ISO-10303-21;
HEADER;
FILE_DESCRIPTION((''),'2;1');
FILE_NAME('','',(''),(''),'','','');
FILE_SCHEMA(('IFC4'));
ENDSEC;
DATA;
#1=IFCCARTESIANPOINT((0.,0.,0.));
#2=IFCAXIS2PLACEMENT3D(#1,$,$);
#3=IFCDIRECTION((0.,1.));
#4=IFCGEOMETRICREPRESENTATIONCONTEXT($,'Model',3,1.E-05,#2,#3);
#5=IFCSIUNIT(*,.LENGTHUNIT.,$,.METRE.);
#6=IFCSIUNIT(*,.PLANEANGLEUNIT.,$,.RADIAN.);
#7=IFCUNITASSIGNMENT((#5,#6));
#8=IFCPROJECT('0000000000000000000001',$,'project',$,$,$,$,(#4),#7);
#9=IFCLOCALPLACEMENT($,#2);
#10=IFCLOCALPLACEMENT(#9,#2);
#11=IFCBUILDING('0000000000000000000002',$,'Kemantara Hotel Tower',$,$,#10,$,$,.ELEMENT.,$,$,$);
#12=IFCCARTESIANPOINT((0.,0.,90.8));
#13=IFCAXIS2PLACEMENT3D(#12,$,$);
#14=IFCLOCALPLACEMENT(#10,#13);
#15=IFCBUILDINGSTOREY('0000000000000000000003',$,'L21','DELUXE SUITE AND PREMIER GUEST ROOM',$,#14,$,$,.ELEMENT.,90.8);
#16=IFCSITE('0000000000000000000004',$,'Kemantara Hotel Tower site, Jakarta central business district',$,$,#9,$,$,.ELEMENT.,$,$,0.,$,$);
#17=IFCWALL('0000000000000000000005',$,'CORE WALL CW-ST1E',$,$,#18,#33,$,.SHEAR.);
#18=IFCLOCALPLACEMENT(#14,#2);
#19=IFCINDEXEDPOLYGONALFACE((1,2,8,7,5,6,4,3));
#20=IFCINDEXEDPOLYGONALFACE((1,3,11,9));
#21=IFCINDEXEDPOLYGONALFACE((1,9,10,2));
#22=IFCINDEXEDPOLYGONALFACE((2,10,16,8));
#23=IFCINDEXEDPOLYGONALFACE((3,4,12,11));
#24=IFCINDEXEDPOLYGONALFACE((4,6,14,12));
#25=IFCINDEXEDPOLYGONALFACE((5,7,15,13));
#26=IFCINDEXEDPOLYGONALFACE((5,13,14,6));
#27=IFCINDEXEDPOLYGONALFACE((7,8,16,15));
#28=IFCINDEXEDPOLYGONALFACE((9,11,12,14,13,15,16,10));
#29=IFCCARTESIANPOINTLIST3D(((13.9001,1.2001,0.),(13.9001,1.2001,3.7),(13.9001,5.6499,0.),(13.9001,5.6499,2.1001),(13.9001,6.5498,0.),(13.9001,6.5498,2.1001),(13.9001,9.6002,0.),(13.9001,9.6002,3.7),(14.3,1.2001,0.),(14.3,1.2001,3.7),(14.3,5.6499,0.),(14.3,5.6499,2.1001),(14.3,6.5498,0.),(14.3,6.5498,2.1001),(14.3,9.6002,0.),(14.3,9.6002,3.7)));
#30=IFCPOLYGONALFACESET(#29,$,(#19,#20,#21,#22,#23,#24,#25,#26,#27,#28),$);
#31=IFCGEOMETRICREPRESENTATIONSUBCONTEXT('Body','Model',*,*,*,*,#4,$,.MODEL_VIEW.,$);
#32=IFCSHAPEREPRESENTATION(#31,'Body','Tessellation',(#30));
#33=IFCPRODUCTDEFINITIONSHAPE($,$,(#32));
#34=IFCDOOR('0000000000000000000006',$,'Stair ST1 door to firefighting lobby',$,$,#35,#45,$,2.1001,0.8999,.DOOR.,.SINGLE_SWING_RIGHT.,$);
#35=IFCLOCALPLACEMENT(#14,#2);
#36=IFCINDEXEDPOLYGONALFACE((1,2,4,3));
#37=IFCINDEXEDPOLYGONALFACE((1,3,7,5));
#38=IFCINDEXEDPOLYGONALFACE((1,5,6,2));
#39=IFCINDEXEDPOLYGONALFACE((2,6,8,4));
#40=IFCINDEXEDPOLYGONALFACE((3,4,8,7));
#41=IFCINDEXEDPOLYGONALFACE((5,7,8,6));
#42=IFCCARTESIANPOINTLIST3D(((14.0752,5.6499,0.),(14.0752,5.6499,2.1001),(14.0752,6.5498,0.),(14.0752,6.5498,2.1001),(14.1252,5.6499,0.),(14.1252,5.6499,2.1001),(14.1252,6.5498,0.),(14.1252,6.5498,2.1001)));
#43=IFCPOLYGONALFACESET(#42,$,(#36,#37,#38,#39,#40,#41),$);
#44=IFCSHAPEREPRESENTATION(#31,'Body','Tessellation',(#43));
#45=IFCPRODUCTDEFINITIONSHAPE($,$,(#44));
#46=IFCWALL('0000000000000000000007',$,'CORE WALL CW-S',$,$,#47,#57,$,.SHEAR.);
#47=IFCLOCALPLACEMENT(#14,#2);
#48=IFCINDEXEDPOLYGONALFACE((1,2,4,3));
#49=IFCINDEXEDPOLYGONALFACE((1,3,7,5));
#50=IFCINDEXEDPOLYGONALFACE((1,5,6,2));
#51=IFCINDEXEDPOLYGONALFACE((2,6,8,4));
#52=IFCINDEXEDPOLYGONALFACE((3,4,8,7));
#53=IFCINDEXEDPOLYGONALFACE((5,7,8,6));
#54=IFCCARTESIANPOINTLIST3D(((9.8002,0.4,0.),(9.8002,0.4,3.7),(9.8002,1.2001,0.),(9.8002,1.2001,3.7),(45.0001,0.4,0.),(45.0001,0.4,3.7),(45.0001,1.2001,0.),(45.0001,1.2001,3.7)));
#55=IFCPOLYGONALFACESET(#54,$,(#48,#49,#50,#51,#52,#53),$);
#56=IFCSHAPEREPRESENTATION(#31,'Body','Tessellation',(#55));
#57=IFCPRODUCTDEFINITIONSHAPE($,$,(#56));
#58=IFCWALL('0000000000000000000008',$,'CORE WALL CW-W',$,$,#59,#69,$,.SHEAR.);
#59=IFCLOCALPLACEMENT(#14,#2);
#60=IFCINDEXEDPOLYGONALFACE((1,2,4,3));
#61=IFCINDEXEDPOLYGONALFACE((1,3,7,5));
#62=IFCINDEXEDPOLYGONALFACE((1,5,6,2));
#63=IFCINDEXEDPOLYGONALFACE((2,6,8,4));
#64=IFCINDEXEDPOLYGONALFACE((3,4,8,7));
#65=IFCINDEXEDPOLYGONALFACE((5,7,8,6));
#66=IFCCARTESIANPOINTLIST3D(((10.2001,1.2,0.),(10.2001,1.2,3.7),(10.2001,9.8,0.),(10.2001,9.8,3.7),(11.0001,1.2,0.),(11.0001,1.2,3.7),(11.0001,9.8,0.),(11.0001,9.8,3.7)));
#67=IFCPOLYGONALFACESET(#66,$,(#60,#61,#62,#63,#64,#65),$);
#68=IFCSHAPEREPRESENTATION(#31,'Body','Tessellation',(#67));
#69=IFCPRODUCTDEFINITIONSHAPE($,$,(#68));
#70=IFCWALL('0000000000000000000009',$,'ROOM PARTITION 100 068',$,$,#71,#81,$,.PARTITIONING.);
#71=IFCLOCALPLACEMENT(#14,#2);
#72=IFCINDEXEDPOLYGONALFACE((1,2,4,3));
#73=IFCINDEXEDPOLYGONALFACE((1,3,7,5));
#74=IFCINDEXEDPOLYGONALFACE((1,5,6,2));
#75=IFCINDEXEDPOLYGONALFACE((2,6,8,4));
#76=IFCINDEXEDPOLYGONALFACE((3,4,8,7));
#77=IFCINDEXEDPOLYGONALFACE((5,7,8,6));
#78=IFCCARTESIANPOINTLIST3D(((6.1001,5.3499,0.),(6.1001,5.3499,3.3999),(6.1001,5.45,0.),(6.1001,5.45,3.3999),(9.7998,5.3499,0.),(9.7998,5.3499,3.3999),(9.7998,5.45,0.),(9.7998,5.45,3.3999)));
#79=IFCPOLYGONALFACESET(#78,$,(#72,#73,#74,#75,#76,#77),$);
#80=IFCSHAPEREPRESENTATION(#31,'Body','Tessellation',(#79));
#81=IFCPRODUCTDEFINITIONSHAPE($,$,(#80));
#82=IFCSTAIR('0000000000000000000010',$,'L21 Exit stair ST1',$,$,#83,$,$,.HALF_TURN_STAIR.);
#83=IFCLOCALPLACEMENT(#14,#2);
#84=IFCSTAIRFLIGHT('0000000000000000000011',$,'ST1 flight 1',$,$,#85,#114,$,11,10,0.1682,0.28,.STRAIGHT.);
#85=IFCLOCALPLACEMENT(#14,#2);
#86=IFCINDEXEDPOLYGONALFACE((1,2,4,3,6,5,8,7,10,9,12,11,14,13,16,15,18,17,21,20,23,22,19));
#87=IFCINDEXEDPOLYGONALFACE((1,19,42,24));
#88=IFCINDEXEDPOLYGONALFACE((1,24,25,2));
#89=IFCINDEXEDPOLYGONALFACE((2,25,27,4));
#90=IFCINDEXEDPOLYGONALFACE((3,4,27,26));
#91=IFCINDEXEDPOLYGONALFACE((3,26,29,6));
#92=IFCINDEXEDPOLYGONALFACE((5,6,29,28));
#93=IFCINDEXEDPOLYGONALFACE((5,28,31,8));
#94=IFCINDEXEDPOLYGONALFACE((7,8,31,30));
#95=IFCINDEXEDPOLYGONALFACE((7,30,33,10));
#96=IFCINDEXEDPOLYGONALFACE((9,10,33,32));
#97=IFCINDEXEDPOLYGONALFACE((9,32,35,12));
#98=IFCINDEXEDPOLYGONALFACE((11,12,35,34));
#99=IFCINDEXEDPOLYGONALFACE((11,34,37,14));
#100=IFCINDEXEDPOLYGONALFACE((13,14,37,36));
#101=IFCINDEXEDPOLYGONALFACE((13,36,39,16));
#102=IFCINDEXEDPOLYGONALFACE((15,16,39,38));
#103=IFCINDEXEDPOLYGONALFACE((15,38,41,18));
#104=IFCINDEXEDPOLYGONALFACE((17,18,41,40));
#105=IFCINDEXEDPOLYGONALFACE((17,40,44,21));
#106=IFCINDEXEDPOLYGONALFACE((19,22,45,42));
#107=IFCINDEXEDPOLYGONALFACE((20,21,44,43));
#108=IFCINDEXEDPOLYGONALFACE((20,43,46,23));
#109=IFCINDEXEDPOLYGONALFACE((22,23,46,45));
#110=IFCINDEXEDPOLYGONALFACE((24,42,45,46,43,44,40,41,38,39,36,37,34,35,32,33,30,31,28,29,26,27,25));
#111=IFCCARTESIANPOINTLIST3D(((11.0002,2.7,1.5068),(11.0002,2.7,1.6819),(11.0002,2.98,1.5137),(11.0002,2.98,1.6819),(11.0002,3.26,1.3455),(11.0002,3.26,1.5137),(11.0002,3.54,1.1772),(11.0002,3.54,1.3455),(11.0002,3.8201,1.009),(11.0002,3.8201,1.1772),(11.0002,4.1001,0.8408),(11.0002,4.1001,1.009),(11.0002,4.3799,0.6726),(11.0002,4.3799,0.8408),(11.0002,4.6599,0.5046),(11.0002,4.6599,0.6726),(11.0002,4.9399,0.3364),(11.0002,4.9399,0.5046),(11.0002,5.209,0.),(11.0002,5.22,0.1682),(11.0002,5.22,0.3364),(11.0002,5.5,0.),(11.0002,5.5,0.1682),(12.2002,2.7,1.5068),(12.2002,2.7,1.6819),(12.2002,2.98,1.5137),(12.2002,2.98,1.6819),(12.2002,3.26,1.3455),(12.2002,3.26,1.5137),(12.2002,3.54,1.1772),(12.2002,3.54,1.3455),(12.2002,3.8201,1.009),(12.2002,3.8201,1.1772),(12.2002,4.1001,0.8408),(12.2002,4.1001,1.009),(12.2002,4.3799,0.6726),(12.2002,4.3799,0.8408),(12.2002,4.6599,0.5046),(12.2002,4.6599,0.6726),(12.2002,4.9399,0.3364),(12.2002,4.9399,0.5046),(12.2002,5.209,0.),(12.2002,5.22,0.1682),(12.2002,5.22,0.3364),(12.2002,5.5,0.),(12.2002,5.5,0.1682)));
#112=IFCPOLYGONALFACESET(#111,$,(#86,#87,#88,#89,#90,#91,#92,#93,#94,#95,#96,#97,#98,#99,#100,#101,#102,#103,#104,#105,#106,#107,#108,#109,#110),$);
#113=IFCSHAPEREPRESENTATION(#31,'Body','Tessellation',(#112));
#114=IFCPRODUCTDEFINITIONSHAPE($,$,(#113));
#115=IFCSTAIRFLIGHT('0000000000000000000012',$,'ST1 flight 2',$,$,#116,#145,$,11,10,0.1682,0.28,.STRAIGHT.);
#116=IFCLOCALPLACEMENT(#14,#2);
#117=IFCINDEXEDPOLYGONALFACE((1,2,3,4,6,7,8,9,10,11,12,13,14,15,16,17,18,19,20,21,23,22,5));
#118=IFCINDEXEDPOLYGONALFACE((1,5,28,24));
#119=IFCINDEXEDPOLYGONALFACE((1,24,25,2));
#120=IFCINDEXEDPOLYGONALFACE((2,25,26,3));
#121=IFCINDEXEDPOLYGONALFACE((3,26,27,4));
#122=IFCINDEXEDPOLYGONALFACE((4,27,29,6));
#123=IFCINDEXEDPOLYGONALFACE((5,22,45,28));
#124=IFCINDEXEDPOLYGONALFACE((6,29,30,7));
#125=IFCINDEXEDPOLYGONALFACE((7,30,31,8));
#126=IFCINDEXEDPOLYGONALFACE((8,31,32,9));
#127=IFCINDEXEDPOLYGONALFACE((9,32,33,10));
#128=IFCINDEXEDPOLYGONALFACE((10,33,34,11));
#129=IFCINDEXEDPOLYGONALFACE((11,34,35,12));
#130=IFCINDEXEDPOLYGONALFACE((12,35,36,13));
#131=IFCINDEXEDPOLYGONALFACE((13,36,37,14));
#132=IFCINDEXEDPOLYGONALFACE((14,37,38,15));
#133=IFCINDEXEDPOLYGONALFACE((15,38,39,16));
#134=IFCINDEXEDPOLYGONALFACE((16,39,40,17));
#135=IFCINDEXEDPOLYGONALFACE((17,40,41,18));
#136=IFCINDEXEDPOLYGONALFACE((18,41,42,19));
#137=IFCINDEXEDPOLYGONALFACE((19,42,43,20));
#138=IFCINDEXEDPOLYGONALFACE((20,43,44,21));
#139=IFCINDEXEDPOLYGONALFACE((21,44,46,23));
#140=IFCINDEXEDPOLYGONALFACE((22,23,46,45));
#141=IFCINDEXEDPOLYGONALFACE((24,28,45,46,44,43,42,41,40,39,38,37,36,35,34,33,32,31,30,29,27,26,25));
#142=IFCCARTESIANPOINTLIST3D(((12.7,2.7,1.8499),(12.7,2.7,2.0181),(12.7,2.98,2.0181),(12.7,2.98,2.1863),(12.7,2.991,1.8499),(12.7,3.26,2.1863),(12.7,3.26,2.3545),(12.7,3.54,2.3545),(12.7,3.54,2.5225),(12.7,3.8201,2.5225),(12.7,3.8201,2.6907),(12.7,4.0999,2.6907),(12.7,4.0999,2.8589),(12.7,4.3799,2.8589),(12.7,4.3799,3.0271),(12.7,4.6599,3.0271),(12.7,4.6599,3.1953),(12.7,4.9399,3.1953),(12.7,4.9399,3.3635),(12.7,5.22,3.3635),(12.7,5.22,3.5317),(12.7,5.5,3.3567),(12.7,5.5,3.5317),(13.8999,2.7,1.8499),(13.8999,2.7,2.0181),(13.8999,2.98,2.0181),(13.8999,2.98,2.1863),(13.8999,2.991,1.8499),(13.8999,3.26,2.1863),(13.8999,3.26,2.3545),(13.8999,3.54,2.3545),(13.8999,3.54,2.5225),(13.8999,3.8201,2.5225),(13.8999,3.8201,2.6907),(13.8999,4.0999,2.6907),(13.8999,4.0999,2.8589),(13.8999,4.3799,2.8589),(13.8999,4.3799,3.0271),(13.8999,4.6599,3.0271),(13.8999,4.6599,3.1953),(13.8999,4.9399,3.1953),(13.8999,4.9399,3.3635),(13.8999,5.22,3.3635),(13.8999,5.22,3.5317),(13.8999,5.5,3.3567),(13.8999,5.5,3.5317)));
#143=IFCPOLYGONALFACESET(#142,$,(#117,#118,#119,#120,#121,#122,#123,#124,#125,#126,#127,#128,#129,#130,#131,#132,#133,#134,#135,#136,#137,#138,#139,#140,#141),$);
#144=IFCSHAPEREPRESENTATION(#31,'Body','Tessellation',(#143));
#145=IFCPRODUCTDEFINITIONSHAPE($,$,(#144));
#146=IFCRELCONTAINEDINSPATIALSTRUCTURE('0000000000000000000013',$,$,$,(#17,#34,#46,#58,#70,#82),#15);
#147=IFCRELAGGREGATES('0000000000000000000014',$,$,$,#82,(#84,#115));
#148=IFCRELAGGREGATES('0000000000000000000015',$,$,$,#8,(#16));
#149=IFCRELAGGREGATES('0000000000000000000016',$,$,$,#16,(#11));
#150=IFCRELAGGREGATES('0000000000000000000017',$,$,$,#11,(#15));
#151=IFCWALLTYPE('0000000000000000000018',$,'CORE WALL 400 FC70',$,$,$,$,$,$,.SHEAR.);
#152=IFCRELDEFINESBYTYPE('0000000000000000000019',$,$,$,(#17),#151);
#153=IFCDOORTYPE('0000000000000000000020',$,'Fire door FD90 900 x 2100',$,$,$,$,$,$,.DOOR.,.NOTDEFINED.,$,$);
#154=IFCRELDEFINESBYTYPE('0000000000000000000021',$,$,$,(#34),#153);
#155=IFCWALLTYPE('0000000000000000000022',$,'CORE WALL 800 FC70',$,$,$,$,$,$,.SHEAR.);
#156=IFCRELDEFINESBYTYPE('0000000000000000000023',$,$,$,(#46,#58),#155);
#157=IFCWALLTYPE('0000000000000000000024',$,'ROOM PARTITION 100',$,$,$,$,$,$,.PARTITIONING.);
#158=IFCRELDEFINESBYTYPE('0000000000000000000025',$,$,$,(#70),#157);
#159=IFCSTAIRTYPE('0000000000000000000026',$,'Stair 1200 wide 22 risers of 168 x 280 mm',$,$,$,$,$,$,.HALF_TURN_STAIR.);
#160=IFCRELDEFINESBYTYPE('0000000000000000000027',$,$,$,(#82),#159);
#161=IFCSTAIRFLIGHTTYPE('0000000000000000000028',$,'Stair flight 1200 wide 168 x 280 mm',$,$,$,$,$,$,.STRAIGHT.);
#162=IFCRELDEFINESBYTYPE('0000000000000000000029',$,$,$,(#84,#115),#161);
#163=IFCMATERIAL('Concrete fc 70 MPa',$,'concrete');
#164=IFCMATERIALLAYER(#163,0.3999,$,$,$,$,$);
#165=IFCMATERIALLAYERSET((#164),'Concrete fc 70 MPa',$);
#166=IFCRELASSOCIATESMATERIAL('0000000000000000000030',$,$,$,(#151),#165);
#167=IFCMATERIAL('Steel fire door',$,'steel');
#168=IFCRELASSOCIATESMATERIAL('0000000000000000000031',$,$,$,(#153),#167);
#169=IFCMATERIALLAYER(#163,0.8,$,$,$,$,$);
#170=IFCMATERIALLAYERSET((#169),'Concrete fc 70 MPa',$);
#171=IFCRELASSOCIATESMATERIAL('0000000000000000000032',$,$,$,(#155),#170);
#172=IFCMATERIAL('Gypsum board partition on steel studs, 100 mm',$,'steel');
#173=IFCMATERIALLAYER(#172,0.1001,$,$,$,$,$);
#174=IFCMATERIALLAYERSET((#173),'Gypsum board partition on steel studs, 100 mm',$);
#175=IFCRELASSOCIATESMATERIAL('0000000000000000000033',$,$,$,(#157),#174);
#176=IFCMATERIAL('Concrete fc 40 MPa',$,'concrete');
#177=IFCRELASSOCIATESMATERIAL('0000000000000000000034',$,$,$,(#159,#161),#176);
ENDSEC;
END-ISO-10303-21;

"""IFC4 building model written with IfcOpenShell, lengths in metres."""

from ifc_helpers import new_model, si_unit, direction, frame, frame_2d, origin, place, context, subcontext, project, spatial, polyline, rectangle, outline, extrude, material, layer, layer_set, type_object, element, fill, aggregate, save


model = new_model("IFC4")

# Units and contexts
model_context = context("Model", 3, precision=1e-05, world=origin(), true_north=direction((0.0, 1.0)))
body_context = subcontext(model_context, "Body", "Model", "MODEL_VIEW")
ifc_project = project(units=[si_unit("LENGTHUNIT", "METRE"), si_unit("PLANEANGLEUNIT", "RADIAN")], contexts=[model_context])

# Site, building, storey
site_placement = place(None, origin())
site = spatial("IfcSite", under=ifc_project, at=site_placement, Name="Kemantara Hotel Tower site, Jakarta central business district", CompositionType="ELEMENT", RefElevation=0.0)
building_placement = place(site_placement, origin())
building = spatial("IfcBuilding", under=site, at=building_placement, Name="Kemantara Hotel Tower", CompositionType="ELEMENT")
storey_placement = place(building_placement, frame((0.0, 0.0, 90.8)))
storey = spatial("IfcBuildingStorey", under=building, at=storey_placement, Name="L21", Description="DELUXE SUITE AND PREMIER GUEST ROOM", CompositionType="ELEMENT", Elevation=90.8)

# Shared definitions
ifc_material_1 = material(Name="Concrete fc 70 MPa", Category="concrete")
ifc_layer_1 = layer(ifc_material_1, 0.3999)
ifc_layer_set_1 = layer_set([ifc_layer_1], Name="Concrete fc 70 MPa")
wall_type_1 = type_object("IfcWallType", Name="CORE WALL 400 FC70", PredefinedType="SHEAR", material=ifc_layer_set_1)

# Wall, opening, door
wall_1_placement = place(storey_placement, frame((14.1001, 1.2, 0.0), z_axis=(0.0, 0.0, 1.0), x_axis=(0.0, 1.0, 0.0)))
wall_1 = element("IfcWall", 1, at=wall_1_placement, inside=storey, type_object=wall_type_1, Name="CORE WALL CW-ST1E", PredefinedType="SHEAR", context=body_context, shape_type="SweptSolid", body=[
    extrude(rectangle(XDim=8.4001, YDim=0.3999, at=frame_2d((4.2002, 0.0))), origin(), (0.0, 0.0, 1.0), 3.7),
])
opening_1_placement = place(wall_1_placement, frame((4.45, 0.0, 0.0)))
opening_1 = element("IfcOpeningElement", 2, at=opening_1_placement, cuts=wall_1, PredefinedType="OPENING", context=body_context, shape_type="SweptSolid", body=[
    extrude(rectangle(XDim=0.8999, YDim=2.1001, at=frame_2d((0.45, 1.05))), frame((0.0, 0.21, 0.0), z_axis=(0.0, -1.0, 0.0), x_axis=(1.0, 0.0, 0.0)), (0.0, 0.0, 1.0), 0.4199),
])
ifc_material_2 = material(Name="Steel fire door", Category="steel")
door_type_1 = type_object("IfcDoorType", Name="Fire door FD90 900 x 2100", OperationType="NOTDEFINED", PredefinedType="DOOR", material=ifc_material_2)
door_1_placement = place(opening_1_placement, origin())
door_1 = element("IfcDoor", 3, at=door_1_placement, inside=storey, type_object=door_type_1, Name="Stair ST1 door to firefighting lobby", OperationType="SINGLE_SWING_RIGHT", OverallHeight=2.1001, OverallWidth=0.8999, PredefinedType="DOOR", context=body_context, shape_type="SweptSolid", body=[
    extrude(rectangle(XDim=0.8999, YDim=2.1001, at=frame_2d((0.45, 1.05))), frame((0.0, 0.0249, 0.0), z_axis=(0.0, -1.0, 0.0), x_axis=(1.0, 0.0, 0.0)), (0.0, 0.0, 1.0), 0.05),
])
fill(opening_1, door_1)

# Walls
ifc_layer_2 = layer(ifc_material_1, 0.8)
ifc_layer_set_2 = layer_set([ifc_layer_2], Name="Concrete fc 70 MPa")
wall_type_2 = type_object("IfcWallType", Name="CORE WALL 800 FC70", PredefinedType="SHEAR", material=ifc_layer_set_2)
wall_2_placement = place(storey_placement, frame((9.8, 0.8, 0.0), z_axis=(0.0, 0.0, 1.0), x_axis=(1.0, 0.0, 0.0)))
element("IfcWall", 4, at=wall_2_placement, inside=storey, type_object=wall_type_2, Name="CORE WALL CW-S", PredefinedType="SHEAR", context=body_context, shape_type="SweptSolid", body=[
    extrude(rectangle(XDim=35.2, YDim=0.8, at=frame_2d((17.6001, 0.0))), origin(), (0.0, 0.0, 1.0), 3.7),
])
wall_3_placement = place(storey_placement, frame((10.6001, 1.2, 0.0), z_axis=(0.0, 0.0, 1.0), x_axis=(0.0, 1.0, 0.0)))
element("IfcWall", 5, at=wall_3_placement, inside=storey, type_object=wall_type_2, Name="CORE WALL CW-W", PredefinedType="SHEAR", context=body_context, shape_type="SweptSolid", body=[
    extrude(rectangle(XDim=8.6001, YDim=0.8, at=frame_2d((4.3, 0.0))), origin(), (0.0, 0.0, 1.0), 3.7),
])
ifc_material_3 = material(Name="Gypsum board partition on steel studs, 100 mm", Category="steel")
ifc_layer_3 = layer(ifc_material_3, 0.1001)
ifc_layer_set_3 = layer_set([ifc_layer_3], Name="Gypsum board partition on steel studs, 100 mm")
wall_type_3 = type_object("IfcWallType", Name="ROOM PARTITION 100", PredefinedType="PARTITIONING", material=ifc_layer_set_3)
wall_4_placement = place(storey_placement, frame((6.1001, 5.3999, 0.0), z_axis=(0.0, 0.0, 1.0), x_axis=(1.0, 0.0, 0.0)))
element("IfcWall", 6, at=wall_4_placement, inside=storey, type_object=wall_type_3, Name="ROOM PARTITION 100 068", PredefinedType="PARTITIONING", context=body_context, shape_type="SweptSolid", body=[
    extrude(rectangle(XDim=3.6997, YDim=0.1001, at=frame_2d((1.8499, 0.0))), origin(), (0.0, 0.0, 1.0), 3.3999),
])

# Stair, stair flights
ifc_material_4 = material(Name="Concrete fc 40 MPa", Category="concrete")
stair_type = type_object("IfcStairType", Name="Stair 1200 wide 22 risers of 168 x 280 mm", PredefinedType="HALF_TURN_STAIR", material=ifc_material_4)
stair_placement = place(storey_placement, origin())
stair = element("IfcStair", 7, at=stair_placement, inside=storey, type_object=stair_type, Name="L21 Exit stair ST1", PredefinedType="HALF_TURN_STAIR")
stair_flight_type = type_object("IfcStairFlightType", Name="Stair flight 1200 wide 168 x 280 mm", PredefinedType="STRAIGHT", material=ifc_material_4)
stair_flight_1_placement = place(storey_placement, frame((11.6001, 5.5, 0.0), z_axis=(0.0, 0.0, 1.0), x_axis=(0.0, -1.0, 0.0)))
stair_flight_1 = element("IfcStairFlight", 8, at=stair_flight_1_placement, type_object=stair_flight_type, Name="ST1 flight 1", NumberOfRisers=11, NumberOfTreads=10, PredefinedType="STRAIGHT", RiserHeight=0.1682, TreadLength=0.28, context=body_context, shape_type="SweptSolid", body=[
    extrude(outline(polyline([(0.0, 0.0), (0.0, 0.1682), (0.28, 0.1682), (0.28, 0.3364), (0.5601, 0.3364), (0.5601, 0.5046), (0.8401, 0.5046), (0.8401, 0.6726), (1.1201, 0.6726), (1.1201, 0.8408), (1.3999, 0.8408), (1.3999, 1.009), (1.6799, 1.009), (1.6799, 1.1772), (1.96, 1.1772), (1.96, 1.3455), (2.24, 1.3455), (2.24, 1.5137), (2.52, 1.5137), (2.52, 1.6819), (2.8, 1.6819), (2.8, 1.8501), (2.8, 1.5068), (0.291, 0.0), (0.0, 0.0)])), frame((0.0, 0.6001, 0.0), z_axis=(0.0, -1.0, 0.0), x_axis=(1.0, 0.0, 0.0)), (0.0, 0.0, 1.0), 1.2),
])
stair_flight_2_placement = place(storey_placement, frame((13.3, 2.7, 1.8499), z_axis=(0.0, 0.0, 1.0), x_axis=(0.0, 1.0, 0.0)))
stair_flight_2 = element("IfcStairFlight", 9, at=stair_flight_2_placement, type_object=stair_flight_type, Name="ST1 flight 2", NumberOfRisers=11, NumberOfTreads=10, PredefinedType="STRAIGHT", RiserHeight=0.1682, TreadLength=0.28, context=body_context, shape_type="SweptSolid", body=[
    extrude(outline(polyline([(0.0, 0.0), (0.0, 0.1682), (0.28, 0.1682), (0.28, 0.3364), (0.5601, 0.3364), (0.5601, 0.5046), (0.8401, 0.5046), (0.8401, 0.6726), (1.1201, 0.6726), (1.1201, 0.8408), (1.3999, 0.8408), (1.3999, 1.009), (1.6799, 1.009), (1.6799, 1.1772), (1.96, 1.1772), (1.96, 1.3455), (2.24, 1.3455), (2.24, 1.5137), (2.52, 1.5137), (2.52, 1.6819), (2.8, 1.6819), (2.8, 1.8501), (2.8, 1.5068), (0.291, 0.0), (0.0, 0.0)])), frame((0.0, 0.6001, 0.0), z_axis=(0.0, -1.0, 0.0), x_axis=(1.0, 0.0, 0.0)), (0.0, 0.0, 1.0), 1.2),
])
aggregate(stair, [stair_flight_1, stair_flight_2])

save(model, "model.ifc")
